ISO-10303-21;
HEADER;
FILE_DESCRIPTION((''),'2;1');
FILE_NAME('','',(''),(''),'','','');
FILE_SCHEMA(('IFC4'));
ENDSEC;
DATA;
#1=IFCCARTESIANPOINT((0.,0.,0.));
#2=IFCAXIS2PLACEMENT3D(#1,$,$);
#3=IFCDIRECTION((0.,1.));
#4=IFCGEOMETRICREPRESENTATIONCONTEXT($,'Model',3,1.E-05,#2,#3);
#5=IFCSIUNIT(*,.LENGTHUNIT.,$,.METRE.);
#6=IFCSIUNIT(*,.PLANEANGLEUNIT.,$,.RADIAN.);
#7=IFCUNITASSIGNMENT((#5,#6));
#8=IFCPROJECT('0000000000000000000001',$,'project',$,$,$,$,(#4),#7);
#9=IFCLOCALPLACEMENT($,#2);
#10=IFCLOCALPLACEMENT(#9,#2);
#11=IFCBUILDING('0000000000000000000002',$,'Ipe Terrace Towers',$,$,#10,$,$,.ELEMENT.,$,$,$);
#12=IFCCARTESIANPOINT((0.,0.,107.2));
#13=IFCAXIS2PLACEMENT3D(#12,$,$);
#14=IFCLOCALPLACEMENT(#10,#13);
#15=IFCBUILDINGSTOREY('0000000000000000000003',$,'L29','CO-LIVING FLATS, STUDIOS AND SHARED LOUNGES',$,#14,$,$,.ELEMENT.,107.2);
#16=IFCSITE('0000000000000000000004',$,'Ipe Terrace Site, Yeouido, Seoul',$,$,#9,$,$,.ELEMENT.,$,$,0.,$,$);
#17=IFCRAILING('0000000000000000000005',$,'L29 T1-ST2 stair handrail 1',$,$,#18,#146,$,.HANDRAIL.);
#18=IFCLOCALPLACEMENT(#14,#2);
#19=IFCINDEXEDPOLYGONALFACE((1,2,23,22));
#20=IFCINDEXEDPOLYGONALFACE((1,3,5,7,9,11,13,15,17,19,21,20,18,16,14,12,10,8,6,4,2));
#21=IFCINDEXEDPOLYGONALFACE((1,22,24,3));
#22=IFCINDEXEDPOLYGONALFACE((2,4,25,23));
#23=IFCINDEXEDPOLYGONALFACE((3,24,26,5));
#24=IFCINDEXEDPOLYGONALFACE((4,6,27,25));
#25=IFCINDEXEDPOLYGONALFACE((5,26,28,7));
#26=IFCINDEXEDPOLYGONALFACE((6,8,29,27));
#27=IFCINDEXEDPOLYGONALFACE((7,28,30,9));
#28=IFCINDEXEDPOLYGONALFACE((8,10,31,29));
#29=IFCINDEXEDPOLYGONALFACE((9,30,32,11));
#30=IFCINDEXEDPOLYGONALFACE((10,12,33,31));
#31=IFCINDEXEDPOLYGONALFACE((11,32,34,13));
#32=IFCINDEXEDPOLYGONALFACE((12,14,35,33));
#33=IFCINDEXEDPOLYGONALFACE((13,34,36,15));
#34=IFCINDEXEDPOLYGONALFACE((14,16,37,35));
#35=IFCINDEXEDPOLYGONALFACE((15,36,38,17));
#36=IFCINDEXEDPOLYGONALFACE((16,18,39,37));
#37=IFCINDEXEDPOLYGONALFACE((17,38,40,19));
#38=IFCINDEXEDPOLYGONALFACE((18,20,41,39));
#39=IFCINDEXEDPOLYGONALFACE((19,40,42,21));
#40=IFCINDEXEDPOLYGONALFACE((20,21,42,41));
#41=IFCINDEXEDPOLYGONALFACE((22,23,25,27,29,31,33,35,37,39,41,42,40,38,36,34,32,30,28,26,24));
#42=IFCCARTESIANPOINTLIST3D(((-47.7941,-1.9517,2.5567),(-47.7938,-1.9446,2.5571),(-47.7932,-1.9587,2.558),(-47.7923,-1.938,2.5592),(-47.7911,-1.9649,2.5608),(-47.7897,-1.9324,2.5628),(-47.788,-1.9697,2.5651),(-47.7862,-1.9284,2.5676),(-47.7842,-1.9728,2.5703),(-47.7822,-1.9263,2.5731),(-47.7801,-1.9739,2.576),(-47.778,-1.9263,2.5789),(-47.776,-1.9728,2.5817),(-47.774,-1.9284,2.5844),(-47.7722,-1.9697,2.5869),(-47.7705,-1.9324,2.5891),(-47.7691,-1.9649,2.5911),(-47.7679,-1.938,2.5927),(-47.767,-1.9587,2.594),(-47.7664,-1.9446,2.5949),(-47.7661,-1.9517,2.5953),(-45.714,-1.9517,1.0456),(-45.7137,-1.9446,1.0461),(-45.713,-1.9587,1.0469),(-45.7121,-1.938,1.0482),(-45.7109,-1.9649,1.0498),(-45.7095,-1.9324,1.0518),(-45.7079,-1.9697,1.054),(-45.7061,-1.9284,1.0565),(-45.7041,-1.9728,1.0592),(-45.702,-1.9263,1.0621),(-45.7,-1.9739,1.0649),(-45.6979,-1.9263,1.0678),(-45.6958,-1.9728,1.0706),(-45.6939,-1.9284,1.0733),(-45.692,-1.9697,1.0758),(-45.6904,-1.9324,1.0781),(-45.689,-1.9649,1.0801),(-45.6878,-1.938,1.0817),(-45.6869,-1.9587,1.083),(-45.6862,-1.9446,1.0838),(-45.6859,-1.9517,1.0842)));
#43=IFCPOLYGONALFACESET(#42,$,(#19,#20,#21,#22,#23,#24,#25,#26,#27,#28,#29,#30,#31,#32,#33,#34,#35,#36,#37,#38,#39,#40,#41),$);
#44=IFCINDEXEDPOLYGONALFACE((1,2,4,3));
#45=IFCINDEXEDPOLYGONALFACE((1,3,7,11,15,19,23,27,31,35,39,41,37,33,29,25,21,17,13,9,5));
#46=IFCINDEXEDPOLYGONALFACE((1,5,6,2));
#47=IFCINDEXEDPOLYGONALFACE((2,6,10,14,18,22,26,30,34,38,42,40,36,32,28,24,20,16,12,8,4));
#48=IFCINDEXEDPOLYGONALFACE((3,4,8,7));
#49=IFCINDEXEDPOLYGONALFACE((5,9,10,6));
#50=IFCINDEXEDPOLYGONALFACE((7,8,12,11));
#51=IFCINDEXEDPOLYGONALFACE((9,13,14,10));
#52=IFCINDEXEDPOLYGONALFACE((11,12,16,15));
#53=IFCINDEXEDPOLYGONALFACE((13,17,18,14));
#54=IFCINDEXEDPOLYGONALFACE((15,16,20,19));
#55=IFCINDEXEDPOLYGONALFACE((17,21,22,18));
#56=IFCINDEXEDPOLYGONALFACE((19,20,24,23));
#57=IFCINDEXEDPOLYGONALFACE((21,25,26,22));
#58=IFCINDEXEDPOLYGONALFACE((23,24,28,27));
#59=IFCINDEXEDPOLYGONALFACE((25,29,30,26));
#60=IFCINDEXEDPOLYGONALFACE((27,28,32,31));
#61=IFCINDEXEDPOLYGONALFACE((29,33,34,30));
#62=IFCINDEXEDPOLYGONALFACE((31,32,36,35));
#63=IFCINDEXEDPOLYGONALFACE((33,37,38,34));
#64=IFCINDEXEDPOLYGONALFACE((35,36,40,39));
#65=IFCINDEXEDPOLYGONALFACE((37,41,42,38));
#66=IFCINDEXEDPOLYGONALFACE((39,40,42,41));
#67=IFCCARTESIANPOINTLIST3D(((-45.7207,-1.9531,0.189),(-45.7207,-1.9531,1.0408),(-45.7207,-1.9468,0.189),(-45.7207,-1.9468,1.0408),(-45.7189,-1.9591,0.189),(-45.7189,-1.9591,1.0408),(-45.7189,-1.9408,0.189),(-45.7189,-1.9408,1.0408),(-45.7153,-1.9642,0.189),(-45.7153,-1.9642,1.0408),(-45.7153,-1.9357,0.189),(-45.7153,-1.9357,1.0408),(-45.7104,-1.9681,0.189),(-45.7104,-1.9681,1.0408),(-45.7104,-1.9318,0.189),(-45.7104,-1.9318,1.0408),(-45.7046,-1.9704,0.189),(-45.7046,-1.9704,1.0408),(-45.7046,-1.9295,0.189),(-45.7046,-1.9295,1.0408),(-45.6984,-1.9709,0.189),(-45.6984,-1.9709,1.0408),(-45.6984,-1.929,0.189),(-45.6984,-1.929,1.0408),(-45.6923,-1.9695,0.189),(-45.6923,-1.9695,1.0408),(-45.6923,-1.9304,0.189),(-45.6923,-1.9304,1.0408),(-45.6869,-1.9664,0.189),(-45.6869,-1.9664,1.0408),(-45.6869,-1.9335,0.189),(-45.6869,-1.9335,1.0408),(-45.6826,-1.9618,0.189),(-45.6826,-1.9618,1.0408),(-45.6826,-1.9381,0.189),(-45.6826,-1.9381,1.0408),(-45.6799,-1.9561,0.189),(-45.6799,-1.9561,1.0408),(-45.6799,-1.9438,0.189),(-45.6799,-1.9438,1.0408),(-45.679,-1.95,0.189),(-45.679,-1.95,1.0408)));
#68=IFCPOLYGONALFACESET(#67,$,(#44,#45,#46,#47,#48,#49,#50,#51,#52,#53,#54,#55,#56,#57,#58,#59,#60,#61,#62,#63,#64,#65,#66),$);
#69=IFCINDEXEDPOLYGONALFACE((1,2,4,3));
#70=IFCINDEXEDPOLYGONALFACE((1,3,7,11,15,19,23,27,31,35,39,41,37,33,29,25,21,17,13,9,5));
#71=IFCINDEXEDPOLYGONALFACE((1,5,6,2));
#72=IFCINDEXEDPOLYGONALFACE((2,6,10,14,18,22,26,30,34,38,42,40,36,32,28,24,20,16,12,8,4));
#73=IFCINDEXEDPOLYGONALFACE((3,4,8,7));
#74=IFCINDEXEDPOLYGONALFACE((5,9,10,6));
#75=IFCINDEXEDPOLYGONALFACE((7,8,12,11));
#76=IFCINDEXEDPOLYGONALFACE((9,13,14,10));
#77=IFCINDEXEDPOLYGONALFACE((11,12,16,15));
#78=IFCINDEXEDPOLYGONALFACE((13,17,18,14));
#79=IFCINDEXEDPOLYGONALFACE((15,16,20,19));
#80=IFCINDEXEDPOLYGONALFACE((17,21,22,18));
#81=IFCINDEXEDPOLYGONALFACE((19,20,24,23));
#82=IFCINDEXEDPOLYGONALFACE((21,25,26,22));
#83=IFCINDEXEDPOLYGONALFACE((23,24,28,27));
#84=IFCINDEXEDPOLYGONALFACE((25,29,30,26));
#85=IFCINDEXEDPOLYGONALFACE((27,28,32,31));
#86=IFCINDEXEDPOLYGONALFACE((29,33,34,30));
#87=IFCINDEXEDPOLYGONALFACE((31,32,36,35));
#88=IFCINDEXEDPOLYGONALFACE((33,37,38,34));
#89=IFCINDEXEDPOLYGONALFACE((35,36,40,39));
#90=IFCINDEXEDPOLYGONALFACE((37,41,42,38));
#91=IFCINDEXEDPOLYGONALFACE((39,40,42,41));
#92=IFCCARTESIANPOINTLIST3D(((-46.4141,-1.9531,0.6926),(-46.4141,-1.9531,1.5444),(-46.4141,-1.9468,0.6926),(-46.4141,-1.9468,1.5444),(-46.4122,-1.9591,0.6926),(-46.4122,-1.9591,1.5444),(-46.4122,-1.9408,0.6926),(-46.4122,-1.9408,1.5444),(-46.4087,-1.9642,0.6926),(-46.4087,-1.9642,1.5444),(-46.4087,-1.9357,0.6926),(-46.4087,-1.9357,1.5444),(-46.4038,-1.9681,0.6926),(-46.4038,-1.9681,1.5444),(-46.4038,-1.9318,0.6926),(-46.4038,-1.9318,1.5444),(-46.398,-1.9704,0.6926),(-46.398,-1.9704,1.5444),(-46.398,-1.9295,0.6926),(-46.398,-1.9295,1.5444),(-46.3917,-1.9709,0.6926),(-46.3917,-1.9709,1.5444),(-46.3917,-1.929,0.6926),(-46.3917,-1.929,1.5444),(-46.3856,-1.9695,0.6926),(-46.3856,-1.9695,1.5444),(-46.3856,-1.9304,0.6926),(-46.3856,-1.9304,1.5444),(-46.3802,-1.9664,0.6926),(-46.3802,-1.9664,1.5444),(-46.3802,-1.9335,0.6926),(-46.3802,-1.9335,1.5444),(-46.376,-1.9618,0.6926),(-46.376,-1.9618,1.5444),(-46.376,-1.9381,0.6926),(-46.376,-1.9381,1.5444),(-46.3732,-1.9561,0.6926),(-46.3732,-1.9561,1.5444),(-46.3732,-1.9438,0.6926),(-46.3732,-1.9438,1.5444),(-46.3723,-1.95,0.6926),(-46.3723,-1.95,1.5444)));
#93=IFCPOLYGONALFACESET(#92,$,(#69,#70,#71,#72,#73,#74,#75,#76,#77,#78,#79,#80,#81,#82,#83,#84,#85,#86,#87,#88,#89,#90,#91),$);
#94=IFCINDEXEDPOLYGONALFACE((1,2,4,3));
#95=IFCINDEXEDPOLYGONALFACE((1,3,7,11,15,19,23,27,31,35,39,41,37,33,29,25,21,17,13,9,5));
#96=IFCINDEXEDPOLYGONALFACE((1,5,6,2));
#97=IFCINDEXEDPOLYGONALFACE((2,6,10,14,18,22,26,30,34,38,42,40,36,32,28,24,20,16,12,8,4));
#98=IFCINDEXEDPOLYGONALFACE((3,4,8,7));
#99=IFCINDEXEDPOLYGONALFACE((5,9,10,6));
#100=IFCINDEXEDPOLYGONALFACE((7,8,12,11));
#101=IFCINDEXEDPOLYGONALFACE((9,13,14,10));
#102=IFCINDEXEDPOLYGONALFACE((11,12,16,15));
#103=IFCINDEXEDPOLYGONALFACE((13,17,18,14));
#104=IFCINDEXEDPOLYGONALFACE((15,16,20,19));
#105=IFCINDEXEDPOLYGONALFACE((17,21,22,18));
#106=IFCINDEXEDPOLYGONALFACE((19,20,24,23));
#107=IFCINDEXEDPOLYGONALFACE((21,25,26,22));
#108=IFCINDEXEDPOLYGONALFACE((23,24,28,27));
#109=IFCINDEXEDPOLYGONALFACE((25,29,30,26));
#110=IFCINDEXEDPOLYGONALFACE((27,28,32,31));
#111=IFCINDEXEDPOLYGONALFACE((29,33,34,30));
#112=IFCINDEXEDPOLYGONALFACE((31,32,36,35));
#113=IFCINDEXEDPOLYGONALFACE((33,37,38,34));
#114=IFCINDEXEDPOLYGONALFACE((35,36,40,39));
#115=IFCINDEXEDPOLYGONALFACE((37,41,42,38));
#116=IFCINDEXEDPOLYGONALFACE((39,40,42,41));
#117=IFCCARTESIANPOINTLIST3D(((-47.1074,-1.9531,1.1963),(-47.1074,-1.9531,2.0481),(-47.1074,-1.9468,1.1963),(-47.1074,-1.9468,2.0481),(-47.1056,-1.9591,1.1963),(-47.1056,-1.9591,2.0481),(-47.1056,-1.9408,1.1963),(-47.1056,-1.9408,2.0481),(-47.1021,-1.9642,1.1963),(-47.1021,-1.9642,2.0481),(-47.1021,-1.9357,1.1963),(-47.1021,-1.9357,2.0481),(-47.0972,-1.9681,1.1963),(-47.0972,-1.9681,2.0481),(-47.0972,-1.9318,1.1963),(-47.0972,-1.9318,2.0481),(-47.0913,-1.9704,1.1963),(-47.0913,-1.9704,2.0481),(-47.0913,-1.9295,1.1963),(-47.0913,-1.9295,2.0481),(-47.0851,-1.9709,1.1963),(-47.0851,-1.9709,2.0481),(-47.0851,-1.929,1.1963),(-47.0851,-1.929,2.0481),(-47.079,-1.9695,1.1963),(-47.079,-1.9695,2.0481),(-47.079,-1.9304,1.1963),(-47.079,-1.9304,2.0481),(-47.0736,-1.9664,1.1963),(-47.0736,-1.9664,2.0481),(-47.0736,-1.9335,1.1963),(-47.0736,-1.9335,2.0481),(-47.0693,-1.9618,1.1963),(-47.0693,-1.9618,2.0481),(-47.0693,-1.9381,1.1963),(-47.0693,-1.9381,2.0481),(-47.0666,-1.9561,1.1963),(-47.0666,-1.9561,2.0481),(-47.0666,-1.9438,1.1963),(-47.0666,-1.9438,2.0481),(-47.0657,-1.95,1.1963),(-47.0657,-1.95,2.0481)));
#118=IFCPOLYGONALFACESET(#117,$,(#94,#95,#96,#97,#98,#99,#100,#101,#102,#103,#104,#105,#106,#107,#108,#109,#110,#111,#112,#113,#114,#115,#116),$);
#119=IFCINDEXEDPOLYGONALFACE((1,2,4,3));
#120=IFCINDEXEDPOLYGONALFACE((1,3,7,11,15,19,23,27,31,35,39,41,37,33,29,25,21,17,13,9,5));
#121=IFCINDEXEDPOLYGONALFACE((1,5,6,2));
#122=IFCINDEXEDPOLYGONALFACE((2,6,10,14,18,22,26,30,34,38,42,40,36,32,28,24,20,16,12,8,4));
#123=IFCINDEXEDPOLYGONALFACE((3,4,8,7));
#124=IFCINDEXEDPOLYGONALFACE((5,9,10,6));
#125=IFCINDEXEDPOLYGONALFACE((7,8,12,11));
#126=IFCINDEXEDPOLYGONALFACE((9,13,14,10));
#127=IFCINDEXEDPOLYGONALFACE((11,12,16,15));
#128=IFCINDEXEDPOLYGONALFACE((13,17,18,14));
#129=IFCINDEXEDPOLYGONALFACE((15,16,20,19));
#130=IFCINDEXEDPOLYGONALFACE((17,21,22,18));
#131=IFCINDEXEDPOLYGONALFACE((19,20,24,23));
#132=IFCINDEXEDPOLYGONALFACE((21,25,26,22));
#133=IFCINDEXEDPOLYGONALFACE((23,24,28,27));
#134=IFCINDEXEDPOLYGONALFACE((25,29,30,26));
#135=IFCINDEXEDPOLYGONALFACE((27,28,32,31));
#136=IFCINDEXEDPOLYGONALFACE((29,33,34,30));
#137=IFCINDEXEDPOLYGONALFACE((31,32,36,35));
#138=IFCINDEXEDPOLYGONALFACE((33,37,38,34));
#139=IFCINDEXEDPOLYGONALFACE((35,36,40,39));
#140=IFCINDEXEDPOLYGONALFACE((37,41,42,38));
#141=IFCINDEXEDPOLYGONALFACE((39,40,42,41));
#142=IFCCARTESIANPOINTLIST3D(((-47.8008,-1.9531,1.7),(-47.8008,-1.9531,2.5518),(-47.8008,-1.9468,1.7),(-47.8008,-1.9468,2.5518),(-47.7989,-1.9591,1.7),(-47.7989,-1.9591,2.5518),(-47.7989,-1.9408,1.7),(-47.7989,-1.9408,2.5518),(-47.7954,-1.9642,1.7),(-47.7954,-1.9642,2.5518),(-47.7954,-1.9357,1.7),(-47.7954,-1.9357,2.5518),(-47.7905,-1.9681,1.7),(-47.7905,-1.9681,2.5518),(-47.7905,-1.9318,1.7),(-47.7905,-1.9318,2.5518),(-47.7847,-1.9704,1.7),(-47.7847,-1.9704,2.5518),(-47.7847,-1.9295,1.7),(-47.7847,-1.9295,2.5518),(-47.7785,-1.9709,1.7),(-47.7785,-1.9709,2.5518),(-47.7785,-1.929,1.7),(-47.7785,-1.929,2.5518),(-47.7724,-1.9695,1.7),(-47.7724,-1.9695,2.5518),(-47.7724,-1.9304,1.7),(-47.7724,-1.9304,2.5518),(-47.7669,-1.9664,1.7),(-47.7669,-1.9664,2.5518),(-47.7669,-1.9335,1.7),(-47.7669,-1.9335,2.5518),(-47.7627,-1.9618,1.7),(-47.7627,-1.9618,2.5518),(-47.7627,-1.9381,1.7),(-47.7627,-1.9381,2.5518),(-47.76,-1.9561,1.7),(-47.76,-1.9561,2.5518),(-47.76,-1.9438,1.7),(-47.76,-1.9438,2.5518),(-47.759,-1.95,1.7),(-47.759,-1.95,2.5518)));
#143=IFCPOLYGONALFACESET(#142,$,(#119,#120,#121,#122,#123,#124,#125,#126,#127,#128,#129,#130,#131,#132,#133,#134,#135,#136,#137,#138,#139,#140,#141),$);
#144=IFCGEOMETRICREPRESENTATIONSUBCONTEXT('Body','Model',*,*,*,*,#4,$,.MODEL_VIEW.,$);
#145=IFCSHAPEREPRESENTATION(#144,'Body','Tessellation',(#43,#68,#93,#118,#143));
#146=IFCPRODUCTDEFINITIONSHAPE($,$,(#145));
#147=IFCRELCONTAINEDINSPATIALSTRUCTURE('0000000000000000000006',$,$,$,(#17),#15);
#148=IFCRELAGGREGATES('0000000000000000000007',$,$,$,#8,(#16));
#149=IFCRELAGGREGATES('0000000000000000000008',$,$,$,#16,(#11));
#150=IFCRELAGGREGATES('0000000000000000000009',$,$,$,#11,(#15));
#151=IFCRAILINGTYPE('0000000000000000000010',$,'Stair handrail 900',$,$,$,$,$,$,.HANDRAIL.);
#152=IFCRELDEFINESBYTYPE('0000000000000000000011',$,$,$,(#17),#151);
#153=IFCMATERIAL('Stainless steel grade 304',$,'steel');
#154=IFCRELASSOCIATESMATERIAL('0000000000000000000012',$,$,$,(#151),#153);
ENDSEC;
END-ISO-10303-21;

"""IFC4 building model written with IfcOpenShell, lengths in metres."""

from ifc_helpers import new_model, si_unit, direction, frame, origin, origin_2d, place, context, subcontext, project, spatial, circle, extrude, material, type_object, element, save


model = new_model("IFC4")

# Units and contexts
model_context = context("Model", 3, precision=1e-05, world=origin(), true_north=direction((0.0, 1.0)))
body_context = subcontext(model_context, "Body", "Model", "MODEL_VIEW")
ifc_project = project(units=[si_unit("LENGTHUNIT", "METRE"), si_unit("PLANEANGLEUNIT", "RADIAN")], contexts=[model_context])

# Site, building, storey
site_placement = place(None, origin())
site = spatial("IfcSite", under=ifc_project, at=site_placement, Name="Ipe Terrace Site, Yeouido, Seoul", CompositionType="ELEMENT", RefElevation=0.0)
building_placement = place(site_placement, origin())
building = spatial("IfcBuilding", under=site, at=building_placement, Name="Ipe Terrace Towers", CompositionType="ELEMENT")
storey_placement = place(building_placement, frame((0.0, 0.0, 107.2)))
storey = spatial("IfcBuildingStorey", under=building, at=storey_placement, Name="L29", Description="CO-LIVING FLATS, STUDIOS AND SHARED LOUNGES", CompositionType="ELEMENT", Elevation=107.2)

# Railing
ifc_material_1 = material(Name="Stainless steel grade 304", Category="steel")
railing_type_1 = type_object("IfcRailingType", Name="Stair handrail 900", PredefinedType="HANDRAIL", material=ifc_material_1)
railing_1_placement = place(storey_placement, frame((-45.7, -1.95, 0.189)))
element("IfcRailing", 1, at=railing_1_placement, inside=storey, type_object=railing_type_1, Name="L29 T1-ST2 stair handrail 1", PredefinedType="HANDRAIL", context=body_context, shape_type="SweptSolid", body=[
    extrude(circle(Radius=0.0239, at=origin_2d()), frame((0.0, 0.0, 0.876), z_axis=(-0.809069, 0.0, 0.587714), x_axis=(0.0, -1.0, 0.0)), (0.0, 0.0, 1.0), 2.571),
    extrude(circle(Radius=0.021, at=origin_2d()), origin(), (0.0, 0.0, 1.0), 0.8518),
    extrude(circle(Radius=0.021, at=origin_2d()), frame((-0.6934, 0.0, 0.5037)), (0.0, 0.0, 1.0), 0.8518),
    extrude(circle(Radius=0.021, at=origin_2d()), frame((-1.3867, 0.0, 1.0073)), (0.0, 0.0, 1.0), 0.8518),
    extrude(circle(Radius=0.021, at=origin_2d()), frame((-2.0801, 0.0, 1.511)), (0.0, 0.0, 1.0), 0.8518),
])

save(model, "model.ifc")
